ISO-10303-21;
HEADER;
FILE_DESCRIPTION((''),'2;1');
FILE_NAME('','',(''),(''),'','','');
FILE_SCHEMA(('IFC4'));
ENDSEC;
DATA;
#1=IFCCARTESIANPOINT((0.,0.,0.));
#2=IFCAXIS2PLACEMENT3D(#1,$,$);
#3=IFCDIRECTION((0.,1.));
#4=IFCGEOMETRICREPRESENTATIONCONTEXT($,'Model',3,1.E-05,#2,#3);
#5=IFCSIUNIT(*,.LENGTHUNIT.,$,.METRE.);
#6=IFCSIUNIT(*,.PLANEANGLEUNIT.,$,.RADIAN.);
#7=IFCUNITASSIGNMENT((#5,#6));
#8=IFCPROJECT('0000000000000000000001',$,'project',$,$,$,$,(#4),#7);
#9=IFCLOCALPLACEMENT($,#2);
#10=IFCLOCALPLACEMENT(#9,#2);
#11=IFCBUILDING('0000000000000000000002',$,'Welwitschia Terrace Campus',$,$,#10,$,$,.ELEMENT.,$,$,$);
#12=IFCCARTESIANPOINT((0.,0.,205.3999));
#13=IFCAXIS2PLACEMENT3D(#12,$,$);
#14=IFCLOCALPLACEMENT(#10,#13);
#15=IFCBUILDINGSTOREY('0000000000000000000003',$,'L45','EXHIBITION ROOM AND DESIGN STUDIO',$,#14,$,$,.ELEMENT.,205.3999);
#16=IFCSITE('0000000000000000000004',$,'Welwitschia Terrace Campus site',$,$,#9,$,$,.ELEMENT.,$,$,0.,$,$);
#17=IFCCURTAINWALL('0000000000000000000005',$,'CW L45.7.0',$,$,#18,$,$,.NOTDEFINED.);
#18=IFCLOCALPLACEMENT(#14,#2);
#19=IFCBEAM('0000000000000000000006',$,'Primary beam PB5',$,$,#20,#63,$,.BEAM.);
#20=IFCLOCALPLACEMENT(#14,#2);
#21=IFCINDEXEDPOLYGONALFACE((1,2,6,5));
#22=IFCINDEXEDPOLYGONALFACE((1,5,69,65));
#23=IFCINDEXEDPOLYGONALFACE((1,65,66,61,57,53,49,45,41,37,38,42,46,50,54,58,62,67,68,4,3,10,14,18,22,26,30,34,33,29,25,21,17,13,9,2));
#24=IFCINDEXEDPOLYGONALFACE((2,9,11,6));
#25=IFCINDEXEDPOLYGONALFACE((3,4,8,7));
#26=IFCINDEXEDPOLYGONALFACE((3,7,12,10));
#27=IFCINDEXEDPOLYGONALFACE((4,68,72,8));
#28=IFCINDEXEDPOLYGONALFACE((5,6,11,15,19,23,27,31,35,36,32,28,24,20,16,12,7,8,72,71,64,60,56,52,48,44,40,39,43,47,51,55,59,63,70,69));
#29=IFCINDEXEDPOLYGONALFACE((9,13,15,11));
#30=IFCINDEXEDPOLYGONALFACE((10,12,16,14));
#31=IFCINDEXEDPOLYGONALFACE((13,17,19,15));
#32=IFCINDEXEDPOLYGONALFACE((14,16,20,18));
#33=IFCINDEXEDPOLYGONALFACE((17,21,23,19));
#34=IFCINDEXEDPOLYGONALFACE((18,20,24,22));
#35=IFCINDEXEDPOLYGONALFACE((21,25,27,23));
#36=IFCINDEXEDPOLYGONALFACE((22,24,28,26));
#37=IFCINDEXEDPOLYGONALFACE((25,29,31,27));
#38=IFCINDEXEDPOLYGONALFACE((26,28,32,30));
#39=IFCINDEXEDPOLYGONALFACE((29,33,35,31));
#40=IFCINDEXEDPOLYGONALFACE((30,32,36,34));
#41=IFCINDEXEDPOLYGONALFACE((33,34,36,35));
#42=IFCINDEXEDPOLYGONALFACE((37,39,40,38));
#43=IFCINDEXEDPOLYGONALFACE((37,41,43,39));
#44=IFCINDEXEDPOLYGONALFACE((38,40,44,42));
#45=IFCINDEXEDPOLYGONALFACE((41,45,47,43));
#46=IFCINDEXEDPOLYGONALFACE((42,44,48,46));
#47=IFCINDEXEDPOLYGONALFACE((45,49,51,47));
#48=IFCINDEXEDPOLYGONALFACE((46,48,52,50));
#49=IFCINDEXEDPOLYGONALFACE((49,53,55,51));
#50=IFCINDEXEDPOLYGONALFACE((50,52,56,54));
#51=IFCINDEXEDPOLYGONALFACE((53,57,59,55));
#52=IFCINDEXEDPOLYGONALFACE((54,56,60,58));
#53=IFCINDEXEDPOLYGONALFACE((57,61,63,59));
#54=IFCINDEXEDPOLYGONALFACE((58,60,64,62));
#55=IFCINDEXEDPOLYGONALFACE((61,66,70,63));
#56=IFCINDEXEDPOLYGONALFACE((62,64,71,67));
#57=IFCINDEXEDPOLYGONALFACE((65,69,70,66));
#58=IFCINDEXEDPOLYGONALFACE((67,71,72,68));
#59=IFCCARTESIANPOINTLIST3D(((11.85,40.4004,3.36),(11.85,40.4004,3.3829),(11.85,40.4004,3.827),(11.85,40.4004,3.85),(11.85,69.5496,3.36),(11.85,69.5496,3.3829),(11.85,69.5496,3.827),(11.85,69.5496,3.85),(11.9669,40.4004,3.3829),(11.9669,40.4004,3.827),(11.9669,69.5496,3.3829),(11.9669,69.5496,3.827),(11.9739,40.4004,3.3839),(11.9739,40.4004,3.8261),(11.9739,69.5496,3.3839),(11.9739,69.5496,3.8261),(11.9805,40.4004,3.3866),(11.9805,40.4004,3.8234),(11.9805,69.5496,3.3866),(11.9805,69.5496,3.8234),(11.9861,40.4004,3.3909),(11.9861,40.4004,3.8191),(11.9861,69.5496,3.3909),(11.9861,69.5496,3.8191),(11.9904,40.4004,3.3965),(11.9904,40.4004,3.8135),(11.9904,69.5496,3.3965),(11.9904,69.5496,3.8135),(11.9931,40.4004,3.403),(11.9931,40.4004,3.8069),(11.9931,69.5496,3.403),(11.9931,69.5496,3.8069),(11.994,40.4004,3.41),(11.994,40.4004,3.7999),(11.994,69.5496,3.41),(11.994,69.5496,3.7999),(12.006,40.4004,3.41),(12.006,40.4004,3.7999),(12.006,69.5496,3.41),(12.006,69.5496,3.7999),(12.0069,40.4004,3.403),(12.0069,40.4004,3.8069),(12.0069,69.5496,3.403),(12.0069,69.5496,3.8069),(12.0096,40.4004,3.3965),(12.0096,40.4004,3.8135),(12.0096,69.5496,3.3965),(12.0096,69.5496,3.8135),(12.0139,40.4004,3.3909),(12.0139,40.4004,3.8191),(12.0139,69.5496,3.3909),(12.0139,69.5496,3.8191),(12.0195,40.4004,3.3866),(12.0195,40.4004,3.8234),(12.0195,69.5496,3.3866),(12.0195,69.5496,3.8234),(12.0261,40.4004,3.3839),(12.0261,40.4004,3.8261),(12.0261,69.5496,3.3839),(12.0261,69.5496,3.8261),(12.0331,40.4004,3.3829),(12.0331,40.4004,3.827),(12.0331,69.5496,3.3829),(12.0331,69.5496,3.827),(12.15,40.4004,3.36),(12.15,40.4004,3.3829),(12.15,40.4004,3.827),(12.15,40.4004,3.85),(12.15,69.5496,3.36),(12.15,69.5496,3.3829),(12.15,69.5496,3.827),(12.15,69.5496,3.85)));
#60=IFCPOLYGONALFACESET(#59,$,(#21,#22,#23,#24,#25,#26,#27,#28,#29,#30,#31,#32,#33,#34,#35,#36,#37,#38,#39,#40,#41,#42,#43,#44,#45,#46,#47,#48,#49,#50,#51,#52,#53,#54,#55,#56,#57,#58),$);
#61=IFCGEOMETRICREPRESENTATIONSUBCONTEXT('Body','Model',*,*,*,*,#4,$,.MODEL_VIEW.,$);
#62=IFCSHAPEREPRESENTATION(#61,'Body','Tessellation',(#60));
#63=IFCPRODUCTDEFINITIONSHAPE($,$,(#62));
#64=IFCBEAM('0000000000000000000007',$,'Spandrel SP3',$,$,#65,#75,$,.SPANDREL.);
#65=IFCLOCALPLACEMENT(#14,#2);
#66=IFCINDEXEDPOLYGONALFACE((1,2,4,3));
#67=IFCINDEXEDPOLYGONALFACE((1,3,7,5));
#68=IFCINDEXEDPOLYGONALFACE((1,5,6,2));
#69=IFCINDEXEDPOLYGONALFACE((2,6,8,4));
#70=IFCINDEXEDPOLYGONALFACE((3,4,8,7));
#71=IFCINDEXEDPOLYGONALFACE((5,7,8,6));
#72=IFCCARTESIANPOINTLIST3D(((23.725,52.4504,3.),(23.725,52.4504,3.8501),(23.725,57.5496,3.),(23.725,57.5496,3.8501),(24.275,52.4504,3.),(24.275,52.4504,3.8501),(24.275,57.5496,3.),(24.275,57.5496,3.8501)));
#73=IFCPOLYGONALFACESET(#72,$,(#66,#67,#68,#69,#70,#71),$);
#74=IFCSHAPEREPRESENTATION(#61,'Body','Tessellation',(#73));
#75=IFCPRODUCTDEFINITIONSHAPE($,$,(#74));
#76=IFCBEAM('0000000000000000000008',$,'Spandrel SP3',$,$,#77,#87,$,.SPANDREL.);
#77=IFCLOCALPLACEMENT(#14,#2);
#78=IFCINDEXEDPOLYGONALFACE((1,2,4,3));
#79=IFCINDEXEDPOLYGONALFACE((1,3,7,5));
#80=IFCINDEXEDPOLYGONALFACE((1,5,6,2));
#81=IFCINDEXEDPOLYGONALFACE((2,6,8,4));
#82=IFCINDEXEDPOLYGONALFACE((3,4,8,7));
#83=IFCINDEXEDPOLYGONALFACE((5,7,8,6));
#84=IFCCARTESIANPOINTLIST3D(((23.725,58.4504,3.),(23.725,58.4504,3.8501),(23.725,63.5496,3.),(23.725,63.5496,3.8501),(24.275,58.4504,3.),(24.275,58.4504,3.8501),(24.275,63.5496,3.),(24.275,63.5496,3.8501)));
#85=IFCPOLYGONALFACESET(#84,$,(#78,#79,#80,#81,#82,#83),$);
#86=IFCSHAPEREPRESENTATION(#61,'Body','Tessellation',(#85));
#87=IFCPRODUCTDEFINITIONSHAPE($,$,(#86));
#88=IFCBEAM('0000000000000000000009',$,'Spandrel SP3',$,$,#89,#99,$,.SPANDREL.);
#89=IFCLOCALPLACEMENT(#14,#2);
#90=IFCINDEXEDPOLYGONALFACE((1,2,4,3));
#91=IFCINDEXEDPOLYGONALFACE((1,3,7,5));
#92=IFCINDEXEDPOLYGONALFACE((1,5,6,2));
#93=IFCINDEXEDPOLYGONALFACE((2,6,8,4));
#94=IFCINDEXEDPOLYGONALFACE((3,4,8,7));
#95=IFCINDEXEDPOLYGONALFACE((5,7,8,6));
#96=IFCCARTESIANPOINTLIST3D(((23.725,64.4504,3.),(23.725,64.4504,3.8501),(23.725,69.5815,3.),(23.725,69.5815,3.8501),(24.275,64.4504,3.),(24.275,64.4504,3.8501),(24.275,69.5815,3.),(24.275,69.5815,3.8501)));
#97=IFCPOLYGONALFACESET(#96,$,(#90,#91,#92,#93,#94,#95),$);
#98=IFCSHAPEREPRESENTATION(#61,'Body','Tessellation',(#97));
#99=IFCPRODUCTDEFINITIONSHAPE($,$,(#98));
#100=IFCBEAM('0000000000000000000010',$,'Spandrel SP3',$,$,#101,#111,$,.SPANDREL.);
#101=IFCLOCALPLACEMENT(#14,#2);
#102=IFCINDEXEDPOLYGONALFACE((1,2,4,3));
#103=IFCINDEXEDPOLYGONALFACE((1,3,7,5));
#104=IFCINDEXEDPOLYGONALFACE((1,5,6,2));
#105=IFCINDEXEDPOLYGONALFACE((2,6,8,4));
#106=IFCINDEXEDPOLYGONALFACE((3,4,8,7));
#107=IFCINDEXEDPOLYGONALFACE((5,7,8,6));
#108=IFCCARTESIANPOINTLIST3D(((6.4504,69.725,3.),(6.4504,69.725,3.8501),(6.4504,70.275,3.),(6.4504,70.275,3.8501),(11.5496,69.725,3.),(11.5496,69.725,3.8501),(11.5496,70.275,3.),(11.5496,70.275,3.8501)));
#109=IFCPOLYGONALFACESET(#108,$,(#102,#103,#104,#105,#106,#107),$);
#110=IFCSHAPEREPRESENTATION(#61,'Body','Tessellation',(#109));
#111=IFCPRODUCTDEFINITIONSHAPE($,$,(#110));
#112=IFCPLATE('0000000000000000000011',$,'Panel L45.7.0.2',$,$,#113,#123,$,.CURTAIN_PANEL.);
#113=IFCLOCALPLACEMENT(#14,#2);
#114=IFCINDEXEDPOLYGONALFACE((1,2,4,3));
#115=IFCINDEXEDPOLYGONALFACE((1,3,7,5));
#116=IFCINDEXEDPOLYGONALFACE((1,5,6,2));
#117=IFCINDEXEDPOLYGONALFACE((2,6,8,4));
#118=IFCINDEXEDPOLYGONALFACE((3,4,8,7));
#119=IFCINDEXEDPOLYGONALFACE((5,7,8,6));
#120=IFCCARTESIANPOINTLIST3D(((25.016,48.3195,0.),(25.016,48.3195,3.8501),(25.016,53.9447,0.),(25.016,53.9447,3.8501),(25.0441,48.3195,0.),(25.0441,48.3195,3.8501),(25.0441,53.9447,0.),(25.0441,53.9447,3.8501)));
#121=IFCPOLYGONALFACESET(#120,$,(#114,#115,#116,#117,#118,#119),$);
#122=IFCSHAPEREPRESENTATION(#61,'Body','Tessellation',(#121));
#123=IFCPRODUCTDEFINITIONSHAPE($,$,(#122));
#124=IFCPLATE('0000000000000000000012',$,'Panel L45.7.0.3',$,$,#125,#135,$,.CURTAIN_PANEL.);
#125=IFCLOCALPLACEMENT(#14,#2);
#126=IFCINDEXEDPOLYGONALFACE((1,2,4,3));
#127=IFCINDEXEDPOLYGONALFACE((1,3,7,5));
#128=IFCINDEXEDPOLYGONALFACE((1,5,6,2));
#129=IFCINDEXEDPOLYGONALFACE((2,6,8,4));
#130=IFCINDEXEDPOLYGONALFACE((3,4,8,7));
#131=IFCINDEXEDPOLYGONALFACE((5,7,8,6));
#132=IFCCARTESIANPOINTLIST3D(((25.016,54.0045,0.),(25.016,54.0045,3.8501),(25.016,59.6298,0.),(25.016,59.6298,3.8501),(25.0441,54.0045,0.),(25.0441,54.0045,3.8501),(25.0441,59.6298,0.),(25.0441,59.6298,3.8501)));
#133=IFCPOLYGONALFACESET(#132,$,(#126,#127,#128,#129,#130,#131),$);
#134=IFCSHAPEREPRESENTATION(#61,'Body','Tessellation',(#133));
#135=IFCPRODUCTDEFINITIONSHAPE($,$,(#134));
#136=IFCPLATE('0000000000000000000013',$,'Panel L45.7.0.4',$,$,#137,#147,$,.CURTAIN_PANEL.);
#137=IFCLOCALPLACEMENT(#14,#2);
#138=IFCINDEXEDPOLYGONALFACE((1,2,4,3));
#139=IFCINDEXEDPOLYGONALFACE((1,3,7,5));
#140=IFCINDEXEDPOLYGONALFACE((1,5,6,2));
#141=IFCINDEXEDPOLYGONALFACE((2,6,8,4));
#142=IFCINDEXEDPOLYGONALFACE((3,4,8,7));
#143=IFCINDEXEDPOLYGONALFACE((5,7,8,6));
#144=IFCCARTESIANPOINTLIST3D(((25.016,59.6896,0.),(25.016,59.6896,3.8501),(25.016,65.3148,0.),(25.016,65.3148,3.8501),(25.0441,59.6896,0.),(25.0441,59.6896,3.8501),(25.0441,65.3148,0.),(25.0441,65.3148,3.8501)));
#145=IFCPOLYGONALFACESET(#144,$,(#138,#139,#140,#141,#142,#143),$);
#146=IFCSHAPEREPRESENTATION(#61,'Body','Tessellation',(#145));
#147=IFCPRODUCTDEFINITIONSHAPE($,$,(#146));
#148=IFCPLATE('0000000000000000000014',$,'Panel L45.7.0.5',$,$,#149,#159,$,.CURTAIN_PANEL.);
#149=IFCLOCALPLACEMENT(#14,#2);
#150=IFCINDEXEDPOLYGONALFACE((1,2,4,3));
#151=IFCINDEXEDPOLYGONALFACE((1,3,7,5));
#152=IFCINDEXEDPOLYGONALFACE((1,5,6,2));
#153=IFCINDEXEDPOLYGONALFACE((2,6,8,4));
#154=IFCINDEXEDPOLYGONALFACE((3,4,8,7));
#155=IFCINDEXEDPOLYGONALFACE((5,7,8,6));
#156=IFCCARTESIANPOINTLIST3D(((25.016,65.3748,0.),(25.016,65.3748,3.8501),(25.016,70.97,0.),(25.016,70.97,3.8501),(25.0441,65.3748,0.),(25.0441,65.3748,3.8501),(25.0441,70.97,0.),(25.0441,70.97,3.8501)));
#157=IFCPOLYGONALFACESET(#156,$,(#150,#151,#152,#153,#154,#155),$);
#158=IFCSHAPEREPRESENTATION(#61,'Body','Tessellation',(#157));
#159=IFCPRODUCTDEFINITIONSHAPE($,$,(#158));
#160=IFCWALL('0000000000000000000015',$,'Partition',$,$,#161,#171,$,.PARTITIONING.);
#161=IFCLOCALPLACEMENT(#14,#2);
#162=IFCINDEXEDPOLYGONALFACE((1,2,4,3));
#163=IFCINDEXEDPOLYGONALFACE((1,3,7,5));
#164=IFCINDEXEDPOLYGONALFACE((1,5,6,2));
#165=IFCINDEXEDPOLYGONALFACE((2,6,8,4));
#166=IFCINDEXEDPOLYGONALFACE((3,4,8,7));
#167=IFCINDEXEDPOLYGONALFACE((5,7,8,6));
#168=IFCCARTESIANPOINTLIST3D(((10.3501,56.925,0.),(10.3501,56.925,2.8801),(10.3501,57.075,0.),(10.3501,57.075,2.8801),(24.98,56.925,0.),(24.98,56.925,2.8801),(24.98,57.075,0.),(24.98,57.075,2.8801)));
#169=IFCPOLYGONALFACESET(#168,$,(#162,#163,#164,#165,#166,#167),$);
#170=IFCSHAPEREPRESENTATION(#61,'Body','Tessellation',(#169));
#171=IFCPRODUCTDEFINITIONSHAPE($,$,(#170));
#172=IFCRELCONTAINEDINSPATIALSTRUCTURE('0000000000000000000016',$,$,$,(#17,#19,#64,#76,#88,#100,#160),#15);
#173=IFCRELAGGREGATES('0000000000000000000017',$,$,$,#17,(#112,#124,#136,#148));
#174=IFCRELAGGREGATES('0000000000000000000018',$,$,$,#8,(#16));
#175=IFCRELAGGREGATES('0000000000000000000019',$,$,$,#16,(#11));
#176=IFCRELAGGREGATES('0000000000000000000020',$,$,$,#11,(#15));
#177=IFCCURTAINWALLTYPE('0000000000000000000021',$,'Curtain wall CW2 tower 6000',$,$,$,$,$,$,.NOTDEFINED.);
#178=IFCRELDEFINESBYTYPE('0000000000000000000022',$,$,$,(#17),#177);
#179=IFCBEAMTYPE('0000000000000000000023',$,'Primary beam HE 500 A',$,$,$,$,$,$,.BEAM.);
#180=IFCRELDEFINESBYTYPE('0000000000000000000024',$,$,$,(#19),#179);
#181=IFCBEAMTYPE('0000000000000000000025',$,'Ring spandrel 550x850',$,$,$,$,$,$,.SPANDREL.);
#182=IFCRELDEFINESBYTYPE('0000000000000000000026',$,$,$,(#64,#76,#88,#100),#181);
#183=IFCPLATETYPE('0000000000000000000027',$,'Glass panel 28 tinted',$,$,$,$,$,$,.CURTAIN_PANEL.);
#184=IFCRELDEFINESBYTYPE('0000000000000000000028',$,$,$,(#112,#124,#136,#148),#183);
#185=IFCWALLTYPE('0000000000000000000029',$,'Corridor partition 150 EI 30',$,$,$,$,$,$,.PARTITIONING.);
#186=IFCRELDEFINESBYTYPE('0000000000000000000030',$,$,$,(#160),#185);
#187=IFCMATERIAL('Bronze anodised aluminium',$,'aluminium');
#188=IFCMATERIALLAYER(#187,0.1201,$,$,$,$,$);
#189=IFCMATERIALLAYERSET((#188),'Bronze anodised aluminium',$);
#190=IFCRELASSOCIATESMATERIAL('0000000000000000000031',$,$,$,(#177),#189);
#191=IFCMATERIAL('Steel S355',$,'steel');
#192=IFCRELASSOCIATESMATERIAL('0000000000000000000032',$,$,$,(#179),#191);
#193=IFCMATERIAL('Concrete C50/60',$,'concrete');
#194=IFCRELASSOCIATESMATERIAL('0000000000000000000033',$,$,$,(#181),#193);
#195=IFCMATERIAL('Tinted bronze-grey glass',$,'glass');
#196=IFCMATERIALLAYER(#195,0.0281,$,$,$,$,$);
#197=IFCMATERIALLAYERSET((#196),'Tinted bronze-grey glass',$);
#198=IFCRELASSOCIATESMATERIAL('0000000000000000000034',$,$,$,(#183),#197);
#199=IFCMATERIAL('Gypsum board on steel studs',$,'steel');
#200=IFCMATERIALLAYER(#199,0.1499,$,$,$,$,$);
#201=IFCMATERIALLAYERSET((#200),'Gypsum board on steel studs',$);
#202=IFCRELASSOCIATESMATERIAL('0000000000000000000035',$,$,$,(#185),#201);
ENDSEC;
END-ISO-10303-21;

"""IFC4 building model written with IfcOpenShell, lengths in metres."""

from ifc_helpers import new_model, si_unit, direction, frame, frame_2d, origin, origin_2d, place, context, subcontext, project, spatial, rectangle, i_section, extrude, material, layer, layer_set, material_profile, profile_set, type_object, element, aggregate, save


model = new_model("IFC4")

# Units and contexts
model_context = context("Model", 3, precision=1e-05, world=origin(), true_north=direction((0.0, 1.0)))
body_context = subcontext(model_context, "Body", "Model", "MODEL_VIEW")
ifc_project = project(units=[si_unit("LENGTHUNIT", "METRE"), si_unit("PLANEANGLEUNIT", "RADIAN")], contexts=[model_context])

# Site, building, storey
site_placement = place(None, origin())
site = spatial("IfcSite", under=ifc_project, at=site_placement, Name="Welwitschia Terrace Campus site", CompositionType="ELEMENT", RefElevation=0.0)
building_placement = place(site_placement, origin())
building = spatial("IfcBuilding", under=site, at=building_placement, Name="Welwitschia Terrace Campus", CompositionType="ELEMENT")
storey_placement = place(building_placement, frame((0.0, 0.0, 205.3999)))
storey = spatial("IfcBuildingStorey", under=building, at=storey_placement, Name="L45", Description="EXHIBITION ROOM AND DESIGN STUDIO", CompositionType="ELEMENT", Elevation=205.3999)

# Curtain wall
ifc_material_1 = material(Name="Bronze anodised aluminium", Category="aluminium")
ifc_layer_1 = layer(ifc_material_1, 0.1201)
ifc_layer_set_1 = layer_set([ifc_layer_1], Name="Bronze anodised aluminium")
curtain_wall_type = type_object("IfcCurtainWallType", Name="Curtain wall CW2 tower 6000", PredefinedType="NOTDEFINED", material=ifc_layer_set_1)
curtain_wall_placement = place(storey_placement, origin())
curtain_wall = element("IfcCurtainWall", 1, at=curtain_wall_placement, inside=storey, type_object=curtain_wall_type, Name="CW L45.7.0", PredefinedType="NOTDEFINED")

# Beams
ifc_material_2 = material(Name="Steel S355", Category="steel")
ifc_material_profile_1 = material_profile(ifc_material_2, i_section(OverallWidth=0.3, OverallDepth=0.49, WebThickness=0.012, FlangeThickness=0.0229, FilletRadius=0.0271, at=origin_2d()))
ifc_profile_set_1 = profile_set([ifc_material_profile_1], Name="Steel S355")
beam_type_1 = type_object("IfcBeamType", Name="Primary beam HE 500 A", PredefinedType="BEAM", material=ifc_profile_set_1)
beam_1_placement = place(storey_placement, frame((12.0, 69.5496, 3.605), z_axis=(0.0, -1.0, 0.0), x_axis=(1.0, 0.0, 0.0)))
element("IfcBeam", 2, at=beam_1_placement, inside=storey, type_object=beam_type_1, Name="Primary beam PB5", PredefinedType="BEAM", context=body_context, shape_type="SweptSolid", body=[
    extrude(i_section(OverallWidth=0.3, OverallDepth=0.49, WebThickness=0.012, FlangeThickness=0.0229, FilletRadius=0.0271, at=origin_2d()), origin(), (0.0, 0.0, 1.0), 29.1492),
])
ifc_material_3 = material(Name="Concrete C50/60", Category="concrete")
ifc_material_profile_2 = material_profile(ifc_material_3, rectangle(XDim=0.55, YDim=0.8501, at=origin_2d()))
ifc_profile_set_2 = profile_set([ifc_material_profile_2], Name="Concrete C50/60")
beam_type_2 = type_object("IfcBeamType", Name="Ring spandrel 550x850", PredefinedType="SPANDREL", material=ifc_profile_set_2)
for number, where, z_axis, x_axis, name in (
    (3, (24.0, 52.4504, 3.425), (0.0, 1.0, 0.0), (-1.0, 0.0, 0.0), "Spandrel SP3"),
    (4, (24.0, 58.4504, 3.425), (0.0, 1.0, 0.0), (-1.0, 0.0, 0.0), "Spandrel SP3"),
):
    element("IfcBeam", number, at=place(storey_placement, frame(where, z_axis=z_axis, x_axis=x_axis)), inside=storey, type_object=beam_type_2, Name=name, PredefinedType="SPANDREL", context=body_context, shape_type="SweptSolid", body=[
        extrude(rectangle(XDim=0.55, YDim=0.8501, at=origin_2d()), origin(), (0.0, 0.0, 1.0), 5.0991),
    ])
beam_2_placement = place(storey_placement, frame((24.0, 64.4504, 3.425), z_axis=(0.0, 1.0, 0.0), x_axis=(-1.0, 0.0, 0.0)))
element("IfcBeam", 5, at=beam_2_placement, inside=storey, type_object=beam_type_2, Name="Spandrel SP3", PredefinedType="SPANDREL", context=body_context, shape_type="SweptSolid", body=[
    extrude(rectangle(XDim=0.55, YDim=0.8501, at=origin_2d()), origin(), (0.0, 0.0, 1.0), 5.1311),
])
beam_3_placement = place(storey_placement, frame((11.5496, 70.0, 3.425), z_axis=(-1.0, 0.0, 0.0), x_axis=(0.0, -1.0, 0.0)))
element("IfcBeam", 6, at=beam_3_placement, inside=storey, type_object=beam_type_2, Name="Spandrel SP3", PredefinedType="SPANDREL", context=body_context, shape_type="SweptSolid", body=[
    extrude(rectangle(XDim=0.55, YDim=0.8501, at=origin_2d()), origin(), (0.0, 0.0, 1.0), 5.0991),
])

# Plates
ifc_material_4 = material(Name="Tinted bronze-grey glass", Category="glass")
ifc_layer_2 = layer(ifc_material_4, 0.0281)
ifc_layer_set_2 = layer_set([ifc_layer_2], Name="Tinted bronze-grey glass")
plate_type = type_object("IfcPlateType", Name="Glass panel 28 tinted", PredefinedType="CURTAIN_PANEL", material=ifc_layer_set_2)
plate_1_placement = place(storey_placement, frame((25.03, 51.1321, 0.0), z_axis=(0.0, 0.0, 1.0), x_axis=(0.0, 1.0, 0.0)))
plate_1 = element("IfcPlate", 7, at=plate_1_placement, type_object=plate_type, Name="Panel L45.7.0.2", PredefinedType="CURTAIN_PANEL", context=body_context, shape_type="SweptSolid", body=[
    extrude(rectangle(XDim=5.6252, YDim=0.0281, at=origin_2d()), origin(), (0.0, 0.0, 1.0), 3.8501),
])
plate_2_placement = place(storey_placement, frame((25.03, 56.8171, 0.0), z_axis=(0.0, 0.0, 1.0), x_axis=(0.0, 1.0, 0.0)))
plate_2 = element("IfcPlate", 8, at=plate_2_placement, type_object=plate_type, Name="Panel L45.7.0.3", PredefinedType="CURTAIN_PANEL", context=body_context, shape_type="SweptSolid", body=[
    extrude(rectangle(XDim=5.6252, YDim=0.0281, at=origin_2d()), origin(), (0.0, 0.0, 1.0), 3.8501),
])
plate_3_placement = place(storey_placement, frame((25.03, 62.5022, 0.0), z_axis=(0.0, 0.0, 1.0), x_axis=(0.0, 1.0, 0.0)))
plate_3 = element("IfcPlate", 9, at=plate_3_placement, type_object=plate_type, Name="Panel L45.7.0.4", PredefinedType="CURTAIN_PANEL", context=body_context, shape_type="SweptSolid", body=[
    extrude(rectangle(XDim=5.6252, YDim=0.0281, at=origin_2d()), origin(), (0.0, 0.0, 1.0), 3.8501),
])
plate_4_placement = place(storey_placement, frame((25.03, 68.1724, 0.0), z_axis=(0.0, 0.0, 1.0), x_axis=(0.0, 1.0, 0.0)))
plate_4 = element("IfcPlate", 10, at=plate_4_placement, type_object=plate_type, Name="Panel L45.7.0.5", PredefinedType="CURTAIN_PANEL", context=body_context, shape_type="SweptSolid", body=[
    extrude(rectangle(XDim=5.5952, YDim=0.0281, at=origin_2d()), origin(), (0.0, 0.0, 1.0), 3.8501),
])
aggregate(curtain_wall, [plate_1, plate_2, plate_3, plate_4])

# Wall
ifc_material_5 = material(Name="Gypsum board on steel studs", Category="steel")
ifc_layer_3 = layer(ifc_material_5, 0.1499)
ifc_layer_set_3 = layer_set([ifc_layer_3], Name="Gypsum board on steel studs")
wall_type = type_object("IfcWallType", Name="Corridor partition 150 EI 30", PredefinedType="PARTITIONING", material=ifc_layer_set_3)
wall_placement = place(storey_placement, frame((10.3501, 57.0, 0.0), z_axis=(0.0, 0.0, 1.0), x_axis=(1.0, 0.0, 0.0)))
element("IfcWall", 11, at=wall_placement, inside=storey, type_object=wall_type, Name="Partition", PredefinedType="PARTITIONING", context=body_context, shape_type="SweptSolid", body=[
    extrude(rectangle(XDim=14.6299, YDim=0.1499, at=frame_2d((7.3149, 0.0))), origin(), (0.0, 0.0, 1.0), 2.8801),
])

save(model, "model.ifc")
